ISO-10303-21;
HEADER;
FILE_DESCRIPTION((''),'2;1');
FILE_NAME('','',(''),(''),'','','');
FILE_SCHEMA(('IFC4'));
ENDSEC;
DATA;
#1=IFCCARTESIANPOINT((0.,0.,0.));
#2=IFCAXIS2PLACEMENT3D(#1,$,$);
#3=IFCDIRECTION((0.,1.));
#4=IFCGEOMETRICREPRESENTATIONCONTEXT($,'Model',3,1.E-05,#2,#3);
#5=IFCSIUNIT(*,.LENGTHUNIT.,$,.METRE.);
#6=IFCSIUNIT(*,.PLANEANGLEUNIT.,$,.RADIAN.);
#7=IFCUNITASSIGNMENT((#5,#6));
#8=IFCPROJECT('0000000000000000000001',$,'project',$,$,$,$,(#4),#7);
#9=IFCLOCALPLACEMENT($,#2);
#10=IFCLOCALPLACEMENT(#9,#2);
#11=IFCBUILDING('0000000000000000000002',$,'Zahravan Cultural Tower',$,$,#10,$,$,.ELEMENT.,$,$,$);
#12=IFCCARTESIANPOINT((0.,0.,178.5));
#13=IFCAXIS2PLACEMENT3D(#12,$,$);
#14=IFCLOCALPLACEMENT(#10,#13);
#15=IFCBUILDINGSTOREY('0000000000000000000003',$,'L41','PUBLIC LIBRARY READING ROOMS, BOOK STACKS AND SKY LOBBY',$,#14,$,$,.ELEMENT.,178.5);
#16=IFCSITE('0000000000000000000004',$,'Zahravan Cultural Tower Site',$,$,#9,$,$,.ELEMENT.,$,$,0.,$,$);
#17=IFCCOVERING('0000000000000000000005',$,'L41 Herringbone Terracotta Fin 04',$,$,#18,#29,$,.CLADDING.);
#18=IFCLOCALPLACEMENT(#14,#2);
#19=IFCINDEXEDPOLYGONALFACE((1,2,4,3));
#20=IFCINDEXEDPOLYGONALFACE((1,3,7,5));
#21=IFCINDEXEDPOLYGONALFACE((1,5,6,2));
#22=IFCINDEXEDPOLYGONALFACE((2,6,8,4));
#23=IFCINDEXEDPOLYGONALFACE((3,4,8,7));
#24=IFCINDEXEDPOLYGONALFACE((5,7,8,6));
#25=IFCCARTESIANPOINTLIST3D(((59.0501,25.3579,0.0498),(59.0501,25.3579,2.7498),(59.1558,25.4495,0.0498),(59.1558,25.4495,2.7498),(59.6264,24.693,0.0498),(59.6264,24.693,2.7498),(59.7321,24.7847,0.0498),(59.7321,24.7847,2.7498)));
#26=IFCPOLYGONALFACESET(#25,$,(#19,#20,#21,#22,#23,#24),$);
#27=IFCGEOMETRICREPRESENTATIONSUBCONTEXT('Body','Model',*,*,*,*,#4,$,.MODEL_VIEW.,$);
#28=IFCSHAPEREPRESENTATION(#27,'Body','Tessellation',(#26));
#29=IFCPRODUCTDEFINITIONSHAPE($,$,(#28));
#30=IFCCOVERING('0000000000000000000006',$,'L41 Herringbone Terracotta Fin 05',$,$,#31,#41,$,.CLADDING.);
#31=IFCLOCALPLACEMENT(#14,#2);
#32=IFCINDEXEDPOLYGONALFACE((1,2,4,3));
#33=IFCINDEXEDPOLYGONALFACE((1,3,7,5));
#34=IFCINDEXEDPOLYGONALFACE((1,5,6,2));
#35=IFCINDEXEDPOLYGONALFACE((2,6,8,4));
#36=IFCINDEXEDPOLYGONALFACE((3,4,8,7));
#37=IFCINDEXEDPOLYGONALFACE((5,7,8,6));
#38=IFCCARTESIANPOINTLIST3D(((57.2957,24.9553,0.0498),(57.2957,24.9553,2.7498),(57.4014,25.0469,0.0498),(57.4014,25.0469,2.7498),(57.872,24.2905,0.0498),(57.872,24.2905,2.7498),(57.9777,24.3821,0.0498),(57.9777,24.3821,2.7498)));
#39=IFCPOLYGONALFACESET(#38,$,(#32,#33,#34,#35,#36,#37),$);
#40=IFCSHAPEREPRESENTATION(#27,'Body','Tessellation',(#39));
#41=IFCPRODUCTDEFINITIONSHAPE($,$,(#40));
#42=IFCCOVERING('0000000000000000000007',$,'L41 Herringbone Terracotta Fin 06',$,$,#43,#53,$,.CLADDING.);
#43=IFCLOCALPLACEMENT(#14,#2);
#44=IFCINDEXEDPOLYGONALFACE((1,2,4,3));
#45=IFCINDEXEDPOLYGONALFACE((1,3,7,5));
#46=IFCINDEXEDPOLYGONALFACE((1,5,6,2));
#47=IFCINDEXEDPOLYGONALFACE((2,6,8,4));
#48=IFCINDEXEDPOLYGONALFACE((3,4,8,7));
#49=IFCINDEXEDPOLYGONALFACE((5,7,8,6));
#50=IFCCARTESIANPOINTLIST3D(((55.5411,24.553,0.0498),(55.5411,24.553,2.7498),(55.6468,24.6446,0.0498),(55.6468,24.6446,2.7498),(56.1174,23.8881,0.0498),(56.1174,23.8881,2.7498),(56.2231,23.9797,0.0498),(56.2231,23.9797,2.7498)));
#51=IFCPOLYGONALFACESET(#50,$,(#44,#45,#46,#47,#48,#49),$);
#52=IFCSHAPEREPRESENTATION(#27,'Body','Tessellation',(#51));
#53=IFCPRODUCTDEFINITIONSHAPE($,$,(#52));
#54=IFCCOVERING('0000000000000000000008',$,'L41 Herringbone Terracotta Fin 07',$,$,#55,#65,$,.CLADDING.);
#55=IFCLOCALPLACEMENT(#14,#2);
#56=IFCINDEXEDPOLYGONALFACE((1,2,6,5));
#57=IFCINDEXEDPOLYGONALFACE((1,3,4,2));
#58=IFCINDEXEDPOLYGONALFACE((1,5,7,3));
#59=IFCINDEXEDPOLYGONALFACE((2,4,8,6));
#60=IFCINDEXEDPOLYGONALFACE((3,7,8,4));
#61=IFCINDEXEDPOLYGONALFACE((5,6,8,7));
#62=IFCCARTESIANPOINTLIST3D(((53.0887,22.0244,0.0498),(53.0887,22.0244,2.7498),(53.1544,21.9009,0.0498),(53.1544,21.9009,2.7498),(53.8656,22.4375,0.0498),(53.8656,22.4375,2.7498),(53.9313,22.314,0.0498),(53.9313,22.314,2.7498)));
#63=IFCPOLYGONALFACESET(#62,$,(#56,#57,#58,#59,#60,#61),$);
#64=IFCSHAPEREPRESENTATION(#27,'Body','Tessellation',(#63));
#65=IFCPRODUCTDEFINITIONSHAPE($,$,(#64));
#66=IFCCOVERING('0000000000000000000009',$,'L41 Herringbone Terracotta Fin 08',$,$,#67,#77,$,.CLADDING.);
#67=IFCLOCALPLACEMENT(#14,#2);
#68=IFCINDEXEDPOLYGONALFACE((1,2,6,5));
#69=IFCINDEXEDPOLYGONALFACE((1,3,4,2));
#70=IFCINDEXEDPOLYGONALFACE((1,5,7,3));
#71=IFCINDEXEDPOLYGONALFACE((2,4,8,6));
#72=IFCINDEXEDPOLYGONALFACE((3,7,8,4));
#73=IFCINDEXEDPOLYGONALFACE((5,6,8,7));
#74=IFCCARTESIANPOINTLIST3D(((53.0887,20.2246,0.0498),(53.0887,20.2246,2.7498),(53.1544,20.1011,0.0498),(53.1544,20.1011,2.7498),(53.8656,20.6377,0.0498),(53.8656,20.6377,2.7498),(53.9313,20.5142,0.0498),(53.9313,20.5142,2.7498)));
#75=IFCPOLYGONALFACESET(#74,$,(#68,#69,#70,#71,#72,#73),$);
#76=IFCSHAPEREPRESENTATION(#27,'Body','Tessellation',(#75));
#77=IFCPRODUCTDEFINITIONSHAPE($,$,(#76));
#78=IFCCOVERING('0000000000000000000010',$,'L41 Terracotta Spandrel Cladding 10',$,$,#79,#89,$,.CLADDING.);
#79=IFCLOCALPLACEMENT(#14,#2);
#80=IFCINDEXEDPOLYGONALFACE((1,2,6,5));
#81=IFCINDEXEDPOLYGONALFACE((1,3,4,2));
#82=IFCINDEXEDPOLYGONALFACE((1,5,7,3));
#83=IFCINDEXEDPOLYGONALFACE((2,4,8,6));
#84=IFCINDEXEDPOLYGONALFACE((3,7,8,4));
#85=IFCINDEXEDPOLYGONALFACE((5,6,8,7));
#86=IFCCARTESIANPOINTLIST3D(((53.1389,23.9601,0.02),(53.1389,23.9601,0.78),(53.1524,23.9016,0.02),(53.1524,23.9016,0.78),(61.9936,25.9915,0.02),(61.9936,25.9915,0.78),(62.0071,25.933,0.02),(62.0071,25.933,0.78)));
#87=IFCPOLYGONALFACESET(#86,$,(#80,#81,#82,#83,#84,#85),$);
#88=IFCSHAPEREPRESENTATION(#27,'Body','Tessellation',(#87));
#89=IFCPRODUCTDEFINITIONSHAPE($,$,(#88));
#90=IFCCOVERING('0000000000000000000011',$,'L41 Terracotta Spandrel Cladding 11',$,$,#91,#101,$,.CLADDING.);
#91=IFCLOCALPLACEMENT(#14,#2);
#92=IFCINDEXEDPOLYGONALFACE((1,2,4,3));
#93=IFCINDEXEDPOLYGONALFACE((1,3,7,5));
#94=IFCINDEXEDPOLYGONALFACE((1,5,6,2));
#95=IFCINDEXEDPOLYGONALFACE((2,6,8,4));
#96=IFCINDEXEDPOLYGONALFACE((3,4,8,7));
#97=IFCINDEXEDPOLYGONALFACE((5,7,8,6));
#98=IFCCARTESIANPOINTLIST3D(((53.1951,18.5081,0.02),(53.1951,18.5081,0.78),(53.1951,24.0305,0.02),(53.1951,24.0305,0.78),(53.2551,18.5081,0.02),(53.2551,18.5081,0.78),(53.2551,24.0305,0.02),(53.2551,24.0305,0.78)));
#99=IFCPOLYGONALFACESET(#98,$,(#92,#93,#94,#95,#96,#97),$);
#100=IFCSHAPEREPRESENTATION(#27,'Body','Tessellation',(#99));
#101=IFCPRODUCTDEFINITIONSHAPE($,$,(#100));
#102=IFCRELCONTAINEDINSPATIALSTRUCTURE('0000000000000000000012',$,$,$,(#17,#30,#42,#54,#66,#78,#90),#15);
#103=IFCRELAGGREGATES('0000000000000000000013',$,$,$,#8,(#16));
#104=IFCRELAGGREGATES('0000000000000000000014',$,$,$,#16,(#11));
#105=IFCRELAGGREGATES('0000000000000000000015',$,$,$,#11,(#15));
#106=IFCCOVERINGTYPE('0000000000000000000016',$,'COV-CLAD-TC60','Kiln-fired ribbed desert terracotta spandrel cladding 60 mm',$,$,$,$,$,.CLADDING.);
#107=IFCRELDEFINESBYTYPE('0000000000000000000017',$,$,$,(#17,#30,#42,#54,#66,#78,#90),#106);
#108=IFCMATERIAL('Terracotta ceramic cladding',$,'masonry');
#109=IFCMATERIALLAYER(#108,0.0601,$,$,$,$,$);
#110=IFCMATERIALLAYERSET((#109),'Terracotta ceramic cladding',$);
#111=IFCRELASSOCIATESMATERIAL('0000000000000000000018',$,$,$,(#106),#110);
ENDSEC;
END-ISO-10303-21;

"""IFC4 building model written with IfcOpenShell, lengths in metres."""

from ifc_helpers import new_model, si_unit, direction, frame, origin, origin_2d, place, context, subcontext, project, spatial, rectangle, extrude, source, transform, mapped, material, layer, layer_set, type_object, element, save


model = new_model("IFC4")

# Units and contexts
model_context = context("Model", 3, precision=1e-05, world=origin(), true_north=direction((0.0, 1.0)))
body_context = subcontext(model_context, "Body", "Model", "MODEL_VIEW")
ifc_project = project(units=[si_unit("LENGTHUNIT", "METRE"), si_unit("PLANEANGLEUNIT", "RADIAN")], contexts=[model_context])

# Site, building, storey
site_placement = place(None, origin())
site = spatial("IfcSite", under=ifc_project, at=site_placement, Name="Zahravan Cultural Tower Site", CompositionType="ELEMENT", RefElevation=0.0)
building_placement = place(site_placement, origin())
building = spatial("IfcBuilding", under=site, at=building_placement, Name="Zahravan Cultural Tower", CompositionType="ELEMENT")
storey_placement = place(building_placement, frame((0.0, 0.0, 178.5)))
storey = spatial("IfcBuildingStorey", under=building, at=storey_placement, Name="L41", Description="PUBLIC LIBRARY READING ROOMS, BOOK STACKS AND SKY LOBBY", CompositionType="ELEMENT", Elevation=178.5)

# Coverings
ifc_material_1 = material(Name="Terracotta ceramic cladding", Category="masonry")
ifc_layer_1 = layer(ifc_material_1, 0.0601)
ifc_layer_set_1 = layer_set([ifc_layer_1], Name="Terracotta ceramic cladding")
covering_type = type_object("IfcCoveringType", Name="COV-CLAD-TC60", Description="Kiln-fired ribbed desert terracotta spandrel cladding 60 mm", PredefinedType="CLADDING", material=ifc_layer_set_1)
shared_shape_1 = source(origin(), body_context, "Body", "SweptSolid", [
    extrude(rectangle(XDim=0.8799, YDim=0.1399, at=origin_2d()), origin(), (0.0, 0.0, 1.0), 2.7),
])
for number, where, z_axis, x_axis, name in (
    (1, (59.3911, 25.0713, 0.0498), (0.0, 0.0, 1.0), (0.655018, -0.755613, 0.0), "L41 Herringbone Terracotta Fin 04"),
    (2, (57.6367, 24.6687, 0.0498), (0.0, 0.0, 1.0), (0.655018, -0.755613, 0.0), "L41 Herringbone Terracotta Fin 05"),
    (3, (55.8821, 24.2664, 0.0498), (0.0, 0.0, 1.0), (0.655018, -0.755613, 0.0), "L41 Herringbone Terracotta Fin 06"),
    (4, (53.51, 22.1692, 0.0498), (0.0, 0.0, 1.0), (0.882948, 0.469472, 0.0), "L41 Herringbone Terracotta Fin 07"),
    (5, (53.51, 20.3694, 0.0498), (0.0, 0.0, 1.0), (0.882948, 0.469472, 0.0), "L41 Herringbone Terracotta Fin 08"),
):
    element("IfcCovering", number, at=place(storey_placement, frame(where, z_axis=z_axis, x_axis=x_axis)), inside=storey, type_object=covering_type, Name=name, PredefinedType="CLADDING", context=body_context, shape_type="MappedRepresentation", body=[
        mapped(shared_shape_1, transform((0.0, 0.0, 0.0), x_axis=(1.0, 0.0, 0.0), y_axis=(0.0, 1.0, 0.0), z_axis=(0.0, 0.0, 1.0), scale=1.0)),
    ])
shared_shape_2 = source(origin(), body_context, "Body", "SweptSolid", [
    extrude(rectangle(XDim=9.0847, YDim=0.0601, at=origin_2d()), origin(), (0.0, 0.0, 1.0), 0.76),
])
covering_1_placement = place(storey_placement, frame((57.573, 24.9465, 0.02), z_axis=(0.0, 0.0, 1.0), x_axis=(-0.974679, -0.223607, 0.0)))
element("IfcCovering", 6, at=covering_1_placement, inside=storey, type_object=covering_type, Name="L41 Terracotta Spandrel Cladding 10", PredefinedType="CLADDING", context=body_context, shape_type="MappedRepresentation", body=[
    mapped(shared_shape_2, transform((0.0, 0.0, 0.0), x_axis=(1.0, 0.0, 0.0), y_axis=(0.0, 1.0, 0.0), z_axis=(0.0, 0.0, 1.0), scale=1.0)),
])
shared_shape_3 = source(origin(), body_context, "Body", "SweptSolid", [
    extrude(rectangle(XDim=5.5225, YDim=0.0601, at=origin_2d()), origin(), (0.0, 0.0, 1.0), 0.76),
])
covering_2_placement = place(storey_placement, frame((53.2251, 21.2693, 0.02), z_axis=(0.0, 0.0, 1.0), x_axis=(0.0, -1.0, 0.0)))
element("IfcCovering", 7, at=covering_2_placement, inside=storey, type_object=covering_type, Name="L41 Terracotta Spandrel Cladding 11", PredefinedType="CLADDING", context=body_context, shape_type="MappedRepresentation", body=[
    mapped(shared_shape_3, transform((0.0, 0.0, 0.0), x_axis=(1.0, 0.0, 0.0), y_axis=(0.0, 1.0, 0.0), z_axis=(0.0, 0.0, 1.0), scale=1.0)),
])

save(model, "model.ifc")
